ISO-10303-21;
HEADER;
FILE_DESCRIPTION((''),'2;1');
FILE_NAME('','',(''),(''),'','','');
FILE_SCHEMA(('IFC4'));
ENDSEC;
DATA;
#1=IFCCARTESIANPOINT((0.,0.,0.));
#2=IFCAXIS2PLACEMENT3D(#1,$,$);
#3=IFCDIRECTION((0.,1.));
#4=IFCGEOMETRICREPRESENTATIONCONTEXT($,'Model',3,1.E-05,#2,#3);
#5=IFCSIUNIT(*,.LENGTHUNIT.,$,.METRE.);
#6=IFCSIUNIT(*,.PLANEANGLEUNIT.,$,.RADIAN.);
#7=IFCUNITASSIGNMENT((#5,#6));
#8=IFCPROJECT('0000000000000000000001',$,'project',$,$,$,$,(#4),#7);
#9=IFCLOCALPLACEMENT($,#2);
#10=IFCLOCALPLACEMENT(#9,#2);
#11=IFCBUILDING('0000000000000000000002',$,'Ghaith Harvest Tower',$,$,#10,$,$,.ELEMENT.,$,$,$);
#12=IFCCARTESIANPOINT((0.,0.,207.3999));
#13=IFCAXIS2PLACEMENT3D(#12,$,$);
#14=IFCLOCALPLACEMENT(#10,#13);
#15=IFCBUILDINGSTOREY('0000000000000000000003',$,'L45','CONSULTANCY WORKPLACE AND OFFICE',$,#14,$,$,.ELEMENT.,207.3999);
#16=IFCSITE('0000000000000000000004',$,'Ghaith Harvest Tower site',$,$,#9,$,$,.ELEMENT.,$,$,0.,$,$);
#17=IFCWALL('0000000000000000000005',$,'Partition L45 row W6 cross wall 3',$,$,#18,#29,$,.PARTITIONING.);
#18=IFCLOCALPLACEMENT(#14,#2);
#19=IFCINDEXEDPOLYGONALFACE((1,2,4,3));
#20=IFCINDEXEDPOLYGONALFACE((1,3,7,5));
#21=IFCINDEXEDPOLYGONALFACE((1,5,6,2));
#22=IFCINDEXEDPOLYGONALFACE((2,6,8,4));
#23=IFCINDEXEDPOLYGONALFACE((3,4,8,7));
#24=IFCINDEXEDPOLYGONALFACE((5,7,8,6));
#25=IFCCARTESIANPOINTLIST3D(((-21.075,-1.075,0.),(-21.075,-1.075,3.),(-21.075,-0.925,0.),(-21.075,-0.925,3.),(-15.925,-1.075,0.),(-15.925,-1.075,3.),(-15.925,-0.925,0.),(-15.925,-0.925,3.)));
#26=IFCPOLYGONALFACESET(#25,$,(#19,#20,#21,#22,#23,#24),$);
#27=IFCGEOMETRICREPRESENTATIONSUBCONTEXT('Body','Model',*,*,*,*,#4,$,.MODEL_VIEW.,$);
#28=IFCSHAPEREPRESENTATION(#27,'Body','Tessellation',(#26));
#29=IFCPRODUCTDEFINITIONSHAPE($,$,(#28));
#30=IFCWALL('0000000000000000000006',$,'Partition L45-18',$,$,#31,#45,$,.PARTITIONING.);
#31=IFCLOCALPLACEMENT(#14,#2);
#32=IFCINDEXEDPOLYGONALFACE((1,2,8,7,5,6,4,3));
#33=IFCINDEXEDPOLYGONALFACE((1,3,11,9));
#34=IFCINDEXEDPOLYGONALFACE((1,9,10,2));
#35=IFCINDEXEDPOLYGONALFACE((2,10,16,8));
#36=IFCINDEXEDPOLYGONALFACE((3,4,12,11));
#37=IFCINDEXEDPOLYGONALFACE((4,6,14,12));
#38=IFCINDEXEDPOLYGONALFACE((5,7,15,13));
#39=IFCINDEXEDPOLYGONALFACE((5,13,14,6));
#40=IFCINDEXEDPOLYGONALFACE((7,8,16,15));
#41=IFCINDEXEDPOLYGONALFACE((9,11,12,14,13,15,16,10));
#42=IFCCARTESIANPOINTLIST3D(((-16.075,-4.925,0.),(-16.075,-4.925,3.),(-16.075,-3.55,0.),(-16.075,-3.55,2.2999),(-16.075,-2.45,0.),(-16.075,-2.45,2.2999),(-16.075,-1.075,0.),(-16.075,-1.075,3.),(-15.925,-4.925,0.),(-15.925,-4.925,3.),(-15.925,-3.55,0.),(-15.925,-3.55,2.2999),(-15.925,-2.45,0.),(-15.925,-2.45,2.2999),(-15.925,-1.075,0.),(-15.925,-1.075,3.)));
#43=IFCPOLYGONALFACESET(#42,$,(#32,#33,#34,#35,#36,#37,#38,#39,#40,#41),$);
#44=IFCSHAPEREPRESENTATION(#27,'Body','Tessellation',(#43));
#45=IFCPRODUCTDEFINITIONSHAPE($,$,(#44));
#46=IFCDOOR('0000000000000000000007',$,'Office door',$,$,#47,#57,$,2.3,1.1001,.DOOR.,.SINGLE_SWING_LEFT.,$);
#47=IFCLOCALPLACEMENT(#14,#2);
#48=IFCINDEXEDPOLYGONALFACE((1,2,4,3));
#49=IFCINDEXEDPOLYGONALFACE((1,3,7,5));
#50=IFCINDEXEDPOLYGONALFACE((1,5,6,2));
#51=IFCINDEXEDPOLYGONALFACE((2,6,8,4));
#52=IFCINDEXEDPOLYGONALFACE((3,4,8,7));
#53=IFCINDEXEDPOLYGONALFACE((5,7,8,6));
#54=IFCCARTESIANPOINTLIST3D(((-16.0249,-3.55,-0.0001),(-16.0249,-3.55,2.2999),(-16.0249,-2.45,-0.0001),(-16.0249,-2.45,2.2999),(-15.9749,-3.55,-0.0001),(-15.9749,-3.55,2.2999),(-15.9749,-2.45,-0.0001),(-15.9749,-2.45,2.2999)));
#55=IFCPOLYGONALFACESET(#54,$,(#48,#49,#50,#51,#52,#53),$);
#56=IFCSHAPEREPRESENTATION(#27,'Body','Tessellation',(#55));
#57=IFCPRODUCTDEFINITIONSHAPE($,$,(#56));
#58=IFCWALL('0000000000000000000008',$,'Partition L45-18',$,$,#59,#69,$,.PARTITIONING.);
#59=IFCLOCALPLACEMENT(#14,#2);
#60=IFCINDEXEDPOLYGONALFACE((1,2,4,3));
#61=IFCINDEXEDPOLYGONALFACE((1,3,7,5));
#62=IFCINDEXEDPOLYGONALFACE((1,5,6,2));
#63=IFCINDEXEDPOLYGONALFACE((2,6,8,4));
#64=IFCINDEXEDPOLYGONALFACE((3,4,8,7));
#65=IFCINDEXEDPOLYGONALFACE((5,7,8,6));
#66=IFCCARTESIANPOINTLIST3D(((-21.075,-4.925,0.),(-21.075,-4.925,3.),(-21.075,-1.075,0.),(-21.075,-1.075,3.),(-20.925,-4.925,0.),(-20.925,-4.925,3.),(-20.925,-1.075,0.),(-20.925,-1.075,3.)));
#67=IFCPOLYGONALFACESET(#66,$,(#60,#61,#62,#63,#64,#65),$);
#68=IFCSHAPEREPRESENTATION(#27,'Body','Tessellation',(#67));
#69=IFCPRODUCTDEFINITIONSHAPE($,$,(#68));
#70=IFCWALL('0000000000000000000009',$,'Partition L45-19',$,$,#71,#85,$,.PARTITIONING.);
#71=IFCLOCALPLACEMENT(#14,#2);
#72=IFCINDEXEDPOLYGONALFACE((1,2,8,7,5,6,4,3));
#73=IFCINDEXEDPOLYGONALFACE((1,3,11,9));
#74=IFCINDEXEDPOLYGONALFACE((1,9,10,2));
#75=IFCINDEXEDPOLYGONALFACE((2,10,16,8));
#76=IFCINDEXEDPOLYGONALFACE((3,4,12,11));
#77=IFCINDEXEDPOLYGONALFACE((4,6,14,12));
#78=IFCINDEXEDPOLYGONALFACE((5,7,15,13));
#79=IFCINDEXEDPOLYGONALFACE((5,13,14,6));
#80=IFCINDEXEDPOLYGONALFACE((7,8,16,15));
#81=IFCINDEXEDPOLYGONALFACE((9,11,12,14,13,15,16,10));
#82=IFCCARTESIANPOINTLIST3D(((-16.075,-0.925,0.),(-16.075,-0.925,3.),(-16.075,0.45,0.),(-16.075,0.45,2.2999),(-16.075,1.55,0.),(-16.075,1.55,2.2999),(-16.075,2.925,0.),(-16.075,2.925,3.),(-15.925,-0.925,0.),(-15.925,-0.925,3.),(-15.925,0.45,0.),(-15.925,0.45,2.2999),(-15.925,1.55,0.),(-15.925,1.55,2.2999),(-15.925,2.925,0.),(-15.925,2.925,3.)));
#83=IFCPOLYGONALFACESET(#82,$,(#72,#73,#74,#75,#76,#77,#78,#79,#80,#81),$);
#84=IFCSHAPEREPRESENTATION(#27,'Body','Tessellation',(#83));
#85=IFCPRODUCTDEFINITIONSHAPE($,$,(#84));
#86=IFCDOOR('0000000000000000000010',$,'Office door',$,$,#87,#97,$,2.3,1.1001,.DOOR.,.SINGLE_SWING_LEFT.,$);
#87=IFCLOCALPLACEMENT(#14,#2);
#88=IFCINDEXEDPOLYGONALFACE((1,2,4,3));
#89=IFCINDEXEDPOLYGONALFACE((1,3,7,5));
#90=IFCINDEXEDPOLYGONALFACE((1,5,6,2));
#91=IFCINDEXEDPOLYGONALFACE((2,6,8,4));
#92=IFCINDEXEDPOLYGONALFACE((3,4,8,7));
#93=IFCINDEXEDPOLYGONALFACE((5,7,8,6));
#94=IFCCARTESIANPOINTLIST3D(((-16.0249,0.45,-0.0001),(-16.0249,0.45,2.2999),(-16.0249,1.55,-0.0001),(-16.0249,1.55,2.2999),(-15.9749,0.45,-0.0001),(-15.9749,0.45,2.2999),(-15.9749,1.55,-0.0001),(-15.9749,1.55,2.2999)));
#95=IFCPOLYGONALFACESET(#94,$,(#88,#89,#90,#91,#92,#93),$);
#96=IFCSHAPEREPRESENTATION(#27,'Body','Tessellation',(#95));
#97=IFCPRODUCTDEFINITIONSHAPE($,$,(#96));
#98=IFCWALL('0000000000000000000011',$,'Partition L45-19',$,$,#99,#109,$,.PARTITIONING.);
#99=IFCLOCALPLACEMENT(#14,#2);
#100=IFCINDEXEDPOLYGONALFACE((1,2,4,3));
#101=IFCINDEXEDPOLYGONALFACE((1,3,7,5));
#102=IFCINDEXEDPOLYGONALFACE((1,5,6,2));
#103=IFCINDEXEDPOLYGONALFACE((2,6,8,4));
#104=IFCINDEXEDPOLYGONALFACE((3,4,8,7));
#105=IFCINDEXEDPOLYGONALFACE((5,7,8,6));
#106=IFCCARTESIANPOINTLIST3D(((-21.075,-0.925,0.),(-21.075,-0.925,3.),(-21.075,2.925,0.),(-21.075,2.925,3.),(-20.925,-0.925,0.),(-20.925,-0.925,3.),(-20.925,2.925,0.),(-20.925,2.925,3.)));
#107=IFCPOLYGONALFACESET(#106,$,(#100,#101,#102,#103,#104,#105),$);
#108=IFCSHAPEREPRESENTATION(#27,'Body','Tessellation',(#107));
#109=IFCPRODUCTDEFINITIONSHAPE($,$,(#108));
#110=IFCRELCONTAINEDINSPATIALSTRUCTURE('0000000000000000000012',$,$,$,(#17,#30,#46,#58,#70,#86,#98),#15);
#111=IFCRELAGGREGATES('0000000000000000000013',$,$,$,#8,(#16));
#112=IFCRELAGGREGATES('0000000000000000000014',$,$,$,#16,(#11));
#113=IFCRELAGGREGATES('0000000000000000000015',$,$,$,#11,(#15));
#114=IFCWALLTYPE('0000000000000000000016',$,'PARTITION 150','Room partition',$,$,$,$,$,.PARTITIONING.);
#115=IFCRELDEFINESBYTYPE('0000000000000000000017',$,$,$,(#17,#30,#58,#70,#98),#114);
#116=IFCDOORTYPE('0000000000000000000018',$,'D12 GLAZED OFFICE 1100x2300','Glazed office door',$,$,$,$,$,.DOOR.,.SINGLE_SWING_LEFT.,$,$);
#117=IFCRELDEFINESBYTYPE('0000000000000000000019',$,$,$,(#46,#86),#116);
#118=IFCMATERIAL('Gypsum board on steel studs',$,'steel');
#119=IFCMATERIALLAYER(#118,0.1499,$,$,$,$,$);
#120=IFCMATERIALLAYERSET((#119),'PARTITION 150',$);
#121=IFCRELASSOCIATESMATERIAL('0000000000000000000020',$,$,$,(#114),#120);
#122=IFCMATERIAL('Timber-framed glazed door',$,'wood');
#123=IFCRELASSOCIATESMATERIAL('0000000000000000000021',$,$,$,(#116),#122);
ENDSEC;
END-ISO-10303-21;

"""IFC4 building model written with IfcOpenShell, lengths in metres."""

from ifc_helpers import new_model, si_unit, direction, frame, frame_2d, origin, place, context, subcontext, project, spatial, rectangle, extrude, material, layer, layer_set, type_object, element, fill, save


model = new_model("IFC4")

# Units and contexts
model_context = context("Model", 3, precision=1e-05, world=origin(), true_north=direction((0.0, 1.0)))
body_context = subcontext(model_context, "Body", "Model", "MODEL_VIEW")
ifc_project = project(units=[si_unit("LENGTHUNIT", "METRE"), si_unit("PLANEANGLEUNIT", "RADIAN")], contexts=[model_context])

# Site, building, storey
site_placement = place(None, origin())
site = spatial("IfcSite", under=ifc_project, at=site_placement, Name="Ghaith Harvest Tower site", CompositionType="ELEMENT", RefElevation=0.0)
building_placement = place(site_placement, origin())
building = spatial("IfcBuilding", under=site, at=building_placement, Name="Ghaith Harvest Tower", CompositionType="ELEMENT")
storey_placement = place(building_placement, frame((0.0, 0.0, 207.3999)))
storey = spatial("IfcBuildingStorey", under=building, at=storey_placement, Name="L45", Description="CONSULTANCY WORKPLACE AND OFFICE", CompositionType="ELEMENT", Elevation=207.3999)

# Wall
ifc_material_1 = material(Name="Gypsum board on steel studs", Category="steel")
ifc_layer_1 = layer(ifc_material_1, 0.1499)
ifc_layer_set_1 = layer_set([ifc_layer_1], Name="PARTITION 150")
wall_type = type_object("IfcWallType", Name="PARTITION 150", Description="Room partition", PredefinedType="PARTITIONING", material=ifc_layer_set_1)
for number, where, z_axis, x_axis, name in (
    (1, (-15.925, -1.0, 0.0), (0.0, 0.0, 1.0), (-1.0, 0.0, 0.0), "Partition L45 row W6 cross wall 3"),
):
    element("IfcWall", number, at=place(storey_placement, frame(where, z_axis=z_axis, x_axis=x_axis)), inside=storey, type_object=wall_type, Name=name, PredefinedType="PARTITIONING", context=body_context, shape_type="SweptSolid", body=[
        extrude(rectangle(XDim=5.1499, YDim=0.1499, at=frame_2d((2.575, 0.0))), origin(), (0.0, 0.0, 1.0), 3.0),
    ])

# Wall, opening, door
wall_1_placement = place(storey_placement, frame((-16.0, -4.925, 0.0), z_axis=(0.0, 0.0, 1.0), x_axis=(0.0, 1.0, 0.0)))
wall_1 = element("IfcWall", 2, at=wall_1_placement, inside=storey, type_object=wall_type, Name="Partition L45-18", PredefinedType="PARTITIONING", context=body_context, shape_type="SweptSolid", body=[
    extrude(rectangle(XDim=3.8501, YDim=0.1499, at=frame_2d((1.925, 0.0))), origin(), (0.0, 0.0, 1.0), 3.0),
])
opening_1_placement = place(wall_1_placement, frame((1.375, 0.0, 0.0)))
opening_1 = element("IfcOpeningElement", 3, at=opening_1_placement, cuts=wall_1, PredefinedType="OPENING", context=body_context, shape_type="SweptSolid", body=[
    extrude(rectangle(XDim=1.1001, YDim=2.3, at=frame_2d((0.55, 1.1499))), frame((0.0, 0.085, 0.0), z_axis=(0.0, -1.0, 0.0), x_axis=(1.0, 0.0, 0.0)), (0.0, 0.0, 1.0), 0.1699),
])
ifc_material_2 = material(Name="Timber-framed glazed door", Category="wood")
door_type = type_object("IfcDoorType", Name="D12 GLAZED OFFICE 1100x2300", Description="Glazed office door", OperationType="SINGLE_SWING_LEFT", PredefinedType="DOOR", material=ifc_material_2)
door_1_placement = place(opening_1_placement, origin())
door_1 = element("IfcDoor", 4, at=door_1_placement, inside=storey, type_object=door_type, Name="Office door", OperationType="SINGLE_SWING_LEFT", OverallHeight=2.3, OverallWidth=1.1001, PredefinedType="DOOR", context=body_context, shape_type="SweptSolid", body=[
    extrude(rectangle(XDim=1.1001, YDim=2.3, at=frame_2d((0.55, 1.1499))), frame((0.0, 0.0249, 0.0), z_axis=(0.0, -1.0, 0.0), x_axis=(1.0, 0.0, 0.0)), (0.0, 0.0, 1.0), 0.05),
])
fill(opening_1, door_1)

# Wall
wall_2_placement = place(storey_placement, frame((-21.0, -4.925, 0.0), z_axis=(0.0, 0.0, 1.0), x_axis=(0.0, 1.0, 0.0)))
element("IfcWall", 5, at=wall_2_placement, inside=storey, type_object=wall_type, Name="Partition L45-18", PredefinedType="PARTITIONING", context=body_context, shape_type="SweptSolid", body=[
    extrude(rectangle(XDim=3.8501, YDim=0.1499, at=frame_2d((1.925, 0.0))), origin(), (0.0, 0.0, 1.0), 3.0),
])

# Wall, opening, door
wall_3_placement = place(storey_placement, frame((-16.0, -0.925, 0.0), z_axis=(0.0, 0.0, 1.0), x_axis=(0.0, 1.0, 0.0)))
wall_3 = element("IfcWall", 6, at=wall_3_placement, inside=storey, type_object=wall_type, Name="Partition L45-19", PredefinedType="PARTITIONING", context=body_context, shape_type="SweptSolid", body=[
    extrude(rectangle(XDim=3.8501, YDim=0.1499, at=frame_2d((1.925, 0.0))), origin(), (0.0, 0.0, 1.0), 3.0),
])
opening_2_placement = place(wall_3_placement, frame((1.375, 0.0, 0.0)))
opening_2 = element("IfcOpeningElement", 7, at=opening_2_placement, cuts=wall_3, PredefinedType="OPENING", context=body_context, shape_type="SweptSolid", body=[
    extrude(rectangle(XDim=1.1001, YDim=2.3, at=frame_2d((0.55, 1.1499))), frame((0.0, 0.085, 0.0), z_axis=(0.0, -1.0, 0.0), x_axis=(1.0, 0.0, 0.0)), (0.0, 0.0, 1.0), 0.1699),
])
door_2_placement = place(opening_2_placement, origin())
door_2 = element("IfcDoor", 8, at=door_2_placement, inside=storey, type_object=door_type, Name="Office door", OperationType="SINGLE_SWING_LEFT", OverallHeight=2.3, OverallWidth=1.1001, PredefinedType="DOOR", context=body_context, shape_type="SweptSolid", body=[
    extrude(rectangle(XDim=1.1001, YDim=2.3, at=frame_2d((0.55, 1.1499))), frame((0.0, 0.0249, 0.0), z_axis=(0.0, -1.0, 0.0), x_axis=(1.0, 0.0, 0.0)), (0.0, 0.0, 1.0), 0.05),
])
fill(opening_2, door_2)

# Wall
wall_4_placement = place(storey_placement, frame((-21.0, -0.925, 0.0), z_axis=(0.0, 0.0, 1.0), x_axis=(0.0, 1.0, 0.0)))
element("IfcWall", 9, at=wall_4_placement, inside=storey, type_object=wall_type, Name="Partition L45-19", PredefinedType="PARTITIONING", context=body_context, shape_type="SweptSolid", body=[
    extrude(rectangle(XDim=3.8501, YDim=0.1499, at=frame_2d((1.925, 0.0))), origin(), (0.0, 0.0, 1.0), 3.0),
])

save(model, "model.ifc")
